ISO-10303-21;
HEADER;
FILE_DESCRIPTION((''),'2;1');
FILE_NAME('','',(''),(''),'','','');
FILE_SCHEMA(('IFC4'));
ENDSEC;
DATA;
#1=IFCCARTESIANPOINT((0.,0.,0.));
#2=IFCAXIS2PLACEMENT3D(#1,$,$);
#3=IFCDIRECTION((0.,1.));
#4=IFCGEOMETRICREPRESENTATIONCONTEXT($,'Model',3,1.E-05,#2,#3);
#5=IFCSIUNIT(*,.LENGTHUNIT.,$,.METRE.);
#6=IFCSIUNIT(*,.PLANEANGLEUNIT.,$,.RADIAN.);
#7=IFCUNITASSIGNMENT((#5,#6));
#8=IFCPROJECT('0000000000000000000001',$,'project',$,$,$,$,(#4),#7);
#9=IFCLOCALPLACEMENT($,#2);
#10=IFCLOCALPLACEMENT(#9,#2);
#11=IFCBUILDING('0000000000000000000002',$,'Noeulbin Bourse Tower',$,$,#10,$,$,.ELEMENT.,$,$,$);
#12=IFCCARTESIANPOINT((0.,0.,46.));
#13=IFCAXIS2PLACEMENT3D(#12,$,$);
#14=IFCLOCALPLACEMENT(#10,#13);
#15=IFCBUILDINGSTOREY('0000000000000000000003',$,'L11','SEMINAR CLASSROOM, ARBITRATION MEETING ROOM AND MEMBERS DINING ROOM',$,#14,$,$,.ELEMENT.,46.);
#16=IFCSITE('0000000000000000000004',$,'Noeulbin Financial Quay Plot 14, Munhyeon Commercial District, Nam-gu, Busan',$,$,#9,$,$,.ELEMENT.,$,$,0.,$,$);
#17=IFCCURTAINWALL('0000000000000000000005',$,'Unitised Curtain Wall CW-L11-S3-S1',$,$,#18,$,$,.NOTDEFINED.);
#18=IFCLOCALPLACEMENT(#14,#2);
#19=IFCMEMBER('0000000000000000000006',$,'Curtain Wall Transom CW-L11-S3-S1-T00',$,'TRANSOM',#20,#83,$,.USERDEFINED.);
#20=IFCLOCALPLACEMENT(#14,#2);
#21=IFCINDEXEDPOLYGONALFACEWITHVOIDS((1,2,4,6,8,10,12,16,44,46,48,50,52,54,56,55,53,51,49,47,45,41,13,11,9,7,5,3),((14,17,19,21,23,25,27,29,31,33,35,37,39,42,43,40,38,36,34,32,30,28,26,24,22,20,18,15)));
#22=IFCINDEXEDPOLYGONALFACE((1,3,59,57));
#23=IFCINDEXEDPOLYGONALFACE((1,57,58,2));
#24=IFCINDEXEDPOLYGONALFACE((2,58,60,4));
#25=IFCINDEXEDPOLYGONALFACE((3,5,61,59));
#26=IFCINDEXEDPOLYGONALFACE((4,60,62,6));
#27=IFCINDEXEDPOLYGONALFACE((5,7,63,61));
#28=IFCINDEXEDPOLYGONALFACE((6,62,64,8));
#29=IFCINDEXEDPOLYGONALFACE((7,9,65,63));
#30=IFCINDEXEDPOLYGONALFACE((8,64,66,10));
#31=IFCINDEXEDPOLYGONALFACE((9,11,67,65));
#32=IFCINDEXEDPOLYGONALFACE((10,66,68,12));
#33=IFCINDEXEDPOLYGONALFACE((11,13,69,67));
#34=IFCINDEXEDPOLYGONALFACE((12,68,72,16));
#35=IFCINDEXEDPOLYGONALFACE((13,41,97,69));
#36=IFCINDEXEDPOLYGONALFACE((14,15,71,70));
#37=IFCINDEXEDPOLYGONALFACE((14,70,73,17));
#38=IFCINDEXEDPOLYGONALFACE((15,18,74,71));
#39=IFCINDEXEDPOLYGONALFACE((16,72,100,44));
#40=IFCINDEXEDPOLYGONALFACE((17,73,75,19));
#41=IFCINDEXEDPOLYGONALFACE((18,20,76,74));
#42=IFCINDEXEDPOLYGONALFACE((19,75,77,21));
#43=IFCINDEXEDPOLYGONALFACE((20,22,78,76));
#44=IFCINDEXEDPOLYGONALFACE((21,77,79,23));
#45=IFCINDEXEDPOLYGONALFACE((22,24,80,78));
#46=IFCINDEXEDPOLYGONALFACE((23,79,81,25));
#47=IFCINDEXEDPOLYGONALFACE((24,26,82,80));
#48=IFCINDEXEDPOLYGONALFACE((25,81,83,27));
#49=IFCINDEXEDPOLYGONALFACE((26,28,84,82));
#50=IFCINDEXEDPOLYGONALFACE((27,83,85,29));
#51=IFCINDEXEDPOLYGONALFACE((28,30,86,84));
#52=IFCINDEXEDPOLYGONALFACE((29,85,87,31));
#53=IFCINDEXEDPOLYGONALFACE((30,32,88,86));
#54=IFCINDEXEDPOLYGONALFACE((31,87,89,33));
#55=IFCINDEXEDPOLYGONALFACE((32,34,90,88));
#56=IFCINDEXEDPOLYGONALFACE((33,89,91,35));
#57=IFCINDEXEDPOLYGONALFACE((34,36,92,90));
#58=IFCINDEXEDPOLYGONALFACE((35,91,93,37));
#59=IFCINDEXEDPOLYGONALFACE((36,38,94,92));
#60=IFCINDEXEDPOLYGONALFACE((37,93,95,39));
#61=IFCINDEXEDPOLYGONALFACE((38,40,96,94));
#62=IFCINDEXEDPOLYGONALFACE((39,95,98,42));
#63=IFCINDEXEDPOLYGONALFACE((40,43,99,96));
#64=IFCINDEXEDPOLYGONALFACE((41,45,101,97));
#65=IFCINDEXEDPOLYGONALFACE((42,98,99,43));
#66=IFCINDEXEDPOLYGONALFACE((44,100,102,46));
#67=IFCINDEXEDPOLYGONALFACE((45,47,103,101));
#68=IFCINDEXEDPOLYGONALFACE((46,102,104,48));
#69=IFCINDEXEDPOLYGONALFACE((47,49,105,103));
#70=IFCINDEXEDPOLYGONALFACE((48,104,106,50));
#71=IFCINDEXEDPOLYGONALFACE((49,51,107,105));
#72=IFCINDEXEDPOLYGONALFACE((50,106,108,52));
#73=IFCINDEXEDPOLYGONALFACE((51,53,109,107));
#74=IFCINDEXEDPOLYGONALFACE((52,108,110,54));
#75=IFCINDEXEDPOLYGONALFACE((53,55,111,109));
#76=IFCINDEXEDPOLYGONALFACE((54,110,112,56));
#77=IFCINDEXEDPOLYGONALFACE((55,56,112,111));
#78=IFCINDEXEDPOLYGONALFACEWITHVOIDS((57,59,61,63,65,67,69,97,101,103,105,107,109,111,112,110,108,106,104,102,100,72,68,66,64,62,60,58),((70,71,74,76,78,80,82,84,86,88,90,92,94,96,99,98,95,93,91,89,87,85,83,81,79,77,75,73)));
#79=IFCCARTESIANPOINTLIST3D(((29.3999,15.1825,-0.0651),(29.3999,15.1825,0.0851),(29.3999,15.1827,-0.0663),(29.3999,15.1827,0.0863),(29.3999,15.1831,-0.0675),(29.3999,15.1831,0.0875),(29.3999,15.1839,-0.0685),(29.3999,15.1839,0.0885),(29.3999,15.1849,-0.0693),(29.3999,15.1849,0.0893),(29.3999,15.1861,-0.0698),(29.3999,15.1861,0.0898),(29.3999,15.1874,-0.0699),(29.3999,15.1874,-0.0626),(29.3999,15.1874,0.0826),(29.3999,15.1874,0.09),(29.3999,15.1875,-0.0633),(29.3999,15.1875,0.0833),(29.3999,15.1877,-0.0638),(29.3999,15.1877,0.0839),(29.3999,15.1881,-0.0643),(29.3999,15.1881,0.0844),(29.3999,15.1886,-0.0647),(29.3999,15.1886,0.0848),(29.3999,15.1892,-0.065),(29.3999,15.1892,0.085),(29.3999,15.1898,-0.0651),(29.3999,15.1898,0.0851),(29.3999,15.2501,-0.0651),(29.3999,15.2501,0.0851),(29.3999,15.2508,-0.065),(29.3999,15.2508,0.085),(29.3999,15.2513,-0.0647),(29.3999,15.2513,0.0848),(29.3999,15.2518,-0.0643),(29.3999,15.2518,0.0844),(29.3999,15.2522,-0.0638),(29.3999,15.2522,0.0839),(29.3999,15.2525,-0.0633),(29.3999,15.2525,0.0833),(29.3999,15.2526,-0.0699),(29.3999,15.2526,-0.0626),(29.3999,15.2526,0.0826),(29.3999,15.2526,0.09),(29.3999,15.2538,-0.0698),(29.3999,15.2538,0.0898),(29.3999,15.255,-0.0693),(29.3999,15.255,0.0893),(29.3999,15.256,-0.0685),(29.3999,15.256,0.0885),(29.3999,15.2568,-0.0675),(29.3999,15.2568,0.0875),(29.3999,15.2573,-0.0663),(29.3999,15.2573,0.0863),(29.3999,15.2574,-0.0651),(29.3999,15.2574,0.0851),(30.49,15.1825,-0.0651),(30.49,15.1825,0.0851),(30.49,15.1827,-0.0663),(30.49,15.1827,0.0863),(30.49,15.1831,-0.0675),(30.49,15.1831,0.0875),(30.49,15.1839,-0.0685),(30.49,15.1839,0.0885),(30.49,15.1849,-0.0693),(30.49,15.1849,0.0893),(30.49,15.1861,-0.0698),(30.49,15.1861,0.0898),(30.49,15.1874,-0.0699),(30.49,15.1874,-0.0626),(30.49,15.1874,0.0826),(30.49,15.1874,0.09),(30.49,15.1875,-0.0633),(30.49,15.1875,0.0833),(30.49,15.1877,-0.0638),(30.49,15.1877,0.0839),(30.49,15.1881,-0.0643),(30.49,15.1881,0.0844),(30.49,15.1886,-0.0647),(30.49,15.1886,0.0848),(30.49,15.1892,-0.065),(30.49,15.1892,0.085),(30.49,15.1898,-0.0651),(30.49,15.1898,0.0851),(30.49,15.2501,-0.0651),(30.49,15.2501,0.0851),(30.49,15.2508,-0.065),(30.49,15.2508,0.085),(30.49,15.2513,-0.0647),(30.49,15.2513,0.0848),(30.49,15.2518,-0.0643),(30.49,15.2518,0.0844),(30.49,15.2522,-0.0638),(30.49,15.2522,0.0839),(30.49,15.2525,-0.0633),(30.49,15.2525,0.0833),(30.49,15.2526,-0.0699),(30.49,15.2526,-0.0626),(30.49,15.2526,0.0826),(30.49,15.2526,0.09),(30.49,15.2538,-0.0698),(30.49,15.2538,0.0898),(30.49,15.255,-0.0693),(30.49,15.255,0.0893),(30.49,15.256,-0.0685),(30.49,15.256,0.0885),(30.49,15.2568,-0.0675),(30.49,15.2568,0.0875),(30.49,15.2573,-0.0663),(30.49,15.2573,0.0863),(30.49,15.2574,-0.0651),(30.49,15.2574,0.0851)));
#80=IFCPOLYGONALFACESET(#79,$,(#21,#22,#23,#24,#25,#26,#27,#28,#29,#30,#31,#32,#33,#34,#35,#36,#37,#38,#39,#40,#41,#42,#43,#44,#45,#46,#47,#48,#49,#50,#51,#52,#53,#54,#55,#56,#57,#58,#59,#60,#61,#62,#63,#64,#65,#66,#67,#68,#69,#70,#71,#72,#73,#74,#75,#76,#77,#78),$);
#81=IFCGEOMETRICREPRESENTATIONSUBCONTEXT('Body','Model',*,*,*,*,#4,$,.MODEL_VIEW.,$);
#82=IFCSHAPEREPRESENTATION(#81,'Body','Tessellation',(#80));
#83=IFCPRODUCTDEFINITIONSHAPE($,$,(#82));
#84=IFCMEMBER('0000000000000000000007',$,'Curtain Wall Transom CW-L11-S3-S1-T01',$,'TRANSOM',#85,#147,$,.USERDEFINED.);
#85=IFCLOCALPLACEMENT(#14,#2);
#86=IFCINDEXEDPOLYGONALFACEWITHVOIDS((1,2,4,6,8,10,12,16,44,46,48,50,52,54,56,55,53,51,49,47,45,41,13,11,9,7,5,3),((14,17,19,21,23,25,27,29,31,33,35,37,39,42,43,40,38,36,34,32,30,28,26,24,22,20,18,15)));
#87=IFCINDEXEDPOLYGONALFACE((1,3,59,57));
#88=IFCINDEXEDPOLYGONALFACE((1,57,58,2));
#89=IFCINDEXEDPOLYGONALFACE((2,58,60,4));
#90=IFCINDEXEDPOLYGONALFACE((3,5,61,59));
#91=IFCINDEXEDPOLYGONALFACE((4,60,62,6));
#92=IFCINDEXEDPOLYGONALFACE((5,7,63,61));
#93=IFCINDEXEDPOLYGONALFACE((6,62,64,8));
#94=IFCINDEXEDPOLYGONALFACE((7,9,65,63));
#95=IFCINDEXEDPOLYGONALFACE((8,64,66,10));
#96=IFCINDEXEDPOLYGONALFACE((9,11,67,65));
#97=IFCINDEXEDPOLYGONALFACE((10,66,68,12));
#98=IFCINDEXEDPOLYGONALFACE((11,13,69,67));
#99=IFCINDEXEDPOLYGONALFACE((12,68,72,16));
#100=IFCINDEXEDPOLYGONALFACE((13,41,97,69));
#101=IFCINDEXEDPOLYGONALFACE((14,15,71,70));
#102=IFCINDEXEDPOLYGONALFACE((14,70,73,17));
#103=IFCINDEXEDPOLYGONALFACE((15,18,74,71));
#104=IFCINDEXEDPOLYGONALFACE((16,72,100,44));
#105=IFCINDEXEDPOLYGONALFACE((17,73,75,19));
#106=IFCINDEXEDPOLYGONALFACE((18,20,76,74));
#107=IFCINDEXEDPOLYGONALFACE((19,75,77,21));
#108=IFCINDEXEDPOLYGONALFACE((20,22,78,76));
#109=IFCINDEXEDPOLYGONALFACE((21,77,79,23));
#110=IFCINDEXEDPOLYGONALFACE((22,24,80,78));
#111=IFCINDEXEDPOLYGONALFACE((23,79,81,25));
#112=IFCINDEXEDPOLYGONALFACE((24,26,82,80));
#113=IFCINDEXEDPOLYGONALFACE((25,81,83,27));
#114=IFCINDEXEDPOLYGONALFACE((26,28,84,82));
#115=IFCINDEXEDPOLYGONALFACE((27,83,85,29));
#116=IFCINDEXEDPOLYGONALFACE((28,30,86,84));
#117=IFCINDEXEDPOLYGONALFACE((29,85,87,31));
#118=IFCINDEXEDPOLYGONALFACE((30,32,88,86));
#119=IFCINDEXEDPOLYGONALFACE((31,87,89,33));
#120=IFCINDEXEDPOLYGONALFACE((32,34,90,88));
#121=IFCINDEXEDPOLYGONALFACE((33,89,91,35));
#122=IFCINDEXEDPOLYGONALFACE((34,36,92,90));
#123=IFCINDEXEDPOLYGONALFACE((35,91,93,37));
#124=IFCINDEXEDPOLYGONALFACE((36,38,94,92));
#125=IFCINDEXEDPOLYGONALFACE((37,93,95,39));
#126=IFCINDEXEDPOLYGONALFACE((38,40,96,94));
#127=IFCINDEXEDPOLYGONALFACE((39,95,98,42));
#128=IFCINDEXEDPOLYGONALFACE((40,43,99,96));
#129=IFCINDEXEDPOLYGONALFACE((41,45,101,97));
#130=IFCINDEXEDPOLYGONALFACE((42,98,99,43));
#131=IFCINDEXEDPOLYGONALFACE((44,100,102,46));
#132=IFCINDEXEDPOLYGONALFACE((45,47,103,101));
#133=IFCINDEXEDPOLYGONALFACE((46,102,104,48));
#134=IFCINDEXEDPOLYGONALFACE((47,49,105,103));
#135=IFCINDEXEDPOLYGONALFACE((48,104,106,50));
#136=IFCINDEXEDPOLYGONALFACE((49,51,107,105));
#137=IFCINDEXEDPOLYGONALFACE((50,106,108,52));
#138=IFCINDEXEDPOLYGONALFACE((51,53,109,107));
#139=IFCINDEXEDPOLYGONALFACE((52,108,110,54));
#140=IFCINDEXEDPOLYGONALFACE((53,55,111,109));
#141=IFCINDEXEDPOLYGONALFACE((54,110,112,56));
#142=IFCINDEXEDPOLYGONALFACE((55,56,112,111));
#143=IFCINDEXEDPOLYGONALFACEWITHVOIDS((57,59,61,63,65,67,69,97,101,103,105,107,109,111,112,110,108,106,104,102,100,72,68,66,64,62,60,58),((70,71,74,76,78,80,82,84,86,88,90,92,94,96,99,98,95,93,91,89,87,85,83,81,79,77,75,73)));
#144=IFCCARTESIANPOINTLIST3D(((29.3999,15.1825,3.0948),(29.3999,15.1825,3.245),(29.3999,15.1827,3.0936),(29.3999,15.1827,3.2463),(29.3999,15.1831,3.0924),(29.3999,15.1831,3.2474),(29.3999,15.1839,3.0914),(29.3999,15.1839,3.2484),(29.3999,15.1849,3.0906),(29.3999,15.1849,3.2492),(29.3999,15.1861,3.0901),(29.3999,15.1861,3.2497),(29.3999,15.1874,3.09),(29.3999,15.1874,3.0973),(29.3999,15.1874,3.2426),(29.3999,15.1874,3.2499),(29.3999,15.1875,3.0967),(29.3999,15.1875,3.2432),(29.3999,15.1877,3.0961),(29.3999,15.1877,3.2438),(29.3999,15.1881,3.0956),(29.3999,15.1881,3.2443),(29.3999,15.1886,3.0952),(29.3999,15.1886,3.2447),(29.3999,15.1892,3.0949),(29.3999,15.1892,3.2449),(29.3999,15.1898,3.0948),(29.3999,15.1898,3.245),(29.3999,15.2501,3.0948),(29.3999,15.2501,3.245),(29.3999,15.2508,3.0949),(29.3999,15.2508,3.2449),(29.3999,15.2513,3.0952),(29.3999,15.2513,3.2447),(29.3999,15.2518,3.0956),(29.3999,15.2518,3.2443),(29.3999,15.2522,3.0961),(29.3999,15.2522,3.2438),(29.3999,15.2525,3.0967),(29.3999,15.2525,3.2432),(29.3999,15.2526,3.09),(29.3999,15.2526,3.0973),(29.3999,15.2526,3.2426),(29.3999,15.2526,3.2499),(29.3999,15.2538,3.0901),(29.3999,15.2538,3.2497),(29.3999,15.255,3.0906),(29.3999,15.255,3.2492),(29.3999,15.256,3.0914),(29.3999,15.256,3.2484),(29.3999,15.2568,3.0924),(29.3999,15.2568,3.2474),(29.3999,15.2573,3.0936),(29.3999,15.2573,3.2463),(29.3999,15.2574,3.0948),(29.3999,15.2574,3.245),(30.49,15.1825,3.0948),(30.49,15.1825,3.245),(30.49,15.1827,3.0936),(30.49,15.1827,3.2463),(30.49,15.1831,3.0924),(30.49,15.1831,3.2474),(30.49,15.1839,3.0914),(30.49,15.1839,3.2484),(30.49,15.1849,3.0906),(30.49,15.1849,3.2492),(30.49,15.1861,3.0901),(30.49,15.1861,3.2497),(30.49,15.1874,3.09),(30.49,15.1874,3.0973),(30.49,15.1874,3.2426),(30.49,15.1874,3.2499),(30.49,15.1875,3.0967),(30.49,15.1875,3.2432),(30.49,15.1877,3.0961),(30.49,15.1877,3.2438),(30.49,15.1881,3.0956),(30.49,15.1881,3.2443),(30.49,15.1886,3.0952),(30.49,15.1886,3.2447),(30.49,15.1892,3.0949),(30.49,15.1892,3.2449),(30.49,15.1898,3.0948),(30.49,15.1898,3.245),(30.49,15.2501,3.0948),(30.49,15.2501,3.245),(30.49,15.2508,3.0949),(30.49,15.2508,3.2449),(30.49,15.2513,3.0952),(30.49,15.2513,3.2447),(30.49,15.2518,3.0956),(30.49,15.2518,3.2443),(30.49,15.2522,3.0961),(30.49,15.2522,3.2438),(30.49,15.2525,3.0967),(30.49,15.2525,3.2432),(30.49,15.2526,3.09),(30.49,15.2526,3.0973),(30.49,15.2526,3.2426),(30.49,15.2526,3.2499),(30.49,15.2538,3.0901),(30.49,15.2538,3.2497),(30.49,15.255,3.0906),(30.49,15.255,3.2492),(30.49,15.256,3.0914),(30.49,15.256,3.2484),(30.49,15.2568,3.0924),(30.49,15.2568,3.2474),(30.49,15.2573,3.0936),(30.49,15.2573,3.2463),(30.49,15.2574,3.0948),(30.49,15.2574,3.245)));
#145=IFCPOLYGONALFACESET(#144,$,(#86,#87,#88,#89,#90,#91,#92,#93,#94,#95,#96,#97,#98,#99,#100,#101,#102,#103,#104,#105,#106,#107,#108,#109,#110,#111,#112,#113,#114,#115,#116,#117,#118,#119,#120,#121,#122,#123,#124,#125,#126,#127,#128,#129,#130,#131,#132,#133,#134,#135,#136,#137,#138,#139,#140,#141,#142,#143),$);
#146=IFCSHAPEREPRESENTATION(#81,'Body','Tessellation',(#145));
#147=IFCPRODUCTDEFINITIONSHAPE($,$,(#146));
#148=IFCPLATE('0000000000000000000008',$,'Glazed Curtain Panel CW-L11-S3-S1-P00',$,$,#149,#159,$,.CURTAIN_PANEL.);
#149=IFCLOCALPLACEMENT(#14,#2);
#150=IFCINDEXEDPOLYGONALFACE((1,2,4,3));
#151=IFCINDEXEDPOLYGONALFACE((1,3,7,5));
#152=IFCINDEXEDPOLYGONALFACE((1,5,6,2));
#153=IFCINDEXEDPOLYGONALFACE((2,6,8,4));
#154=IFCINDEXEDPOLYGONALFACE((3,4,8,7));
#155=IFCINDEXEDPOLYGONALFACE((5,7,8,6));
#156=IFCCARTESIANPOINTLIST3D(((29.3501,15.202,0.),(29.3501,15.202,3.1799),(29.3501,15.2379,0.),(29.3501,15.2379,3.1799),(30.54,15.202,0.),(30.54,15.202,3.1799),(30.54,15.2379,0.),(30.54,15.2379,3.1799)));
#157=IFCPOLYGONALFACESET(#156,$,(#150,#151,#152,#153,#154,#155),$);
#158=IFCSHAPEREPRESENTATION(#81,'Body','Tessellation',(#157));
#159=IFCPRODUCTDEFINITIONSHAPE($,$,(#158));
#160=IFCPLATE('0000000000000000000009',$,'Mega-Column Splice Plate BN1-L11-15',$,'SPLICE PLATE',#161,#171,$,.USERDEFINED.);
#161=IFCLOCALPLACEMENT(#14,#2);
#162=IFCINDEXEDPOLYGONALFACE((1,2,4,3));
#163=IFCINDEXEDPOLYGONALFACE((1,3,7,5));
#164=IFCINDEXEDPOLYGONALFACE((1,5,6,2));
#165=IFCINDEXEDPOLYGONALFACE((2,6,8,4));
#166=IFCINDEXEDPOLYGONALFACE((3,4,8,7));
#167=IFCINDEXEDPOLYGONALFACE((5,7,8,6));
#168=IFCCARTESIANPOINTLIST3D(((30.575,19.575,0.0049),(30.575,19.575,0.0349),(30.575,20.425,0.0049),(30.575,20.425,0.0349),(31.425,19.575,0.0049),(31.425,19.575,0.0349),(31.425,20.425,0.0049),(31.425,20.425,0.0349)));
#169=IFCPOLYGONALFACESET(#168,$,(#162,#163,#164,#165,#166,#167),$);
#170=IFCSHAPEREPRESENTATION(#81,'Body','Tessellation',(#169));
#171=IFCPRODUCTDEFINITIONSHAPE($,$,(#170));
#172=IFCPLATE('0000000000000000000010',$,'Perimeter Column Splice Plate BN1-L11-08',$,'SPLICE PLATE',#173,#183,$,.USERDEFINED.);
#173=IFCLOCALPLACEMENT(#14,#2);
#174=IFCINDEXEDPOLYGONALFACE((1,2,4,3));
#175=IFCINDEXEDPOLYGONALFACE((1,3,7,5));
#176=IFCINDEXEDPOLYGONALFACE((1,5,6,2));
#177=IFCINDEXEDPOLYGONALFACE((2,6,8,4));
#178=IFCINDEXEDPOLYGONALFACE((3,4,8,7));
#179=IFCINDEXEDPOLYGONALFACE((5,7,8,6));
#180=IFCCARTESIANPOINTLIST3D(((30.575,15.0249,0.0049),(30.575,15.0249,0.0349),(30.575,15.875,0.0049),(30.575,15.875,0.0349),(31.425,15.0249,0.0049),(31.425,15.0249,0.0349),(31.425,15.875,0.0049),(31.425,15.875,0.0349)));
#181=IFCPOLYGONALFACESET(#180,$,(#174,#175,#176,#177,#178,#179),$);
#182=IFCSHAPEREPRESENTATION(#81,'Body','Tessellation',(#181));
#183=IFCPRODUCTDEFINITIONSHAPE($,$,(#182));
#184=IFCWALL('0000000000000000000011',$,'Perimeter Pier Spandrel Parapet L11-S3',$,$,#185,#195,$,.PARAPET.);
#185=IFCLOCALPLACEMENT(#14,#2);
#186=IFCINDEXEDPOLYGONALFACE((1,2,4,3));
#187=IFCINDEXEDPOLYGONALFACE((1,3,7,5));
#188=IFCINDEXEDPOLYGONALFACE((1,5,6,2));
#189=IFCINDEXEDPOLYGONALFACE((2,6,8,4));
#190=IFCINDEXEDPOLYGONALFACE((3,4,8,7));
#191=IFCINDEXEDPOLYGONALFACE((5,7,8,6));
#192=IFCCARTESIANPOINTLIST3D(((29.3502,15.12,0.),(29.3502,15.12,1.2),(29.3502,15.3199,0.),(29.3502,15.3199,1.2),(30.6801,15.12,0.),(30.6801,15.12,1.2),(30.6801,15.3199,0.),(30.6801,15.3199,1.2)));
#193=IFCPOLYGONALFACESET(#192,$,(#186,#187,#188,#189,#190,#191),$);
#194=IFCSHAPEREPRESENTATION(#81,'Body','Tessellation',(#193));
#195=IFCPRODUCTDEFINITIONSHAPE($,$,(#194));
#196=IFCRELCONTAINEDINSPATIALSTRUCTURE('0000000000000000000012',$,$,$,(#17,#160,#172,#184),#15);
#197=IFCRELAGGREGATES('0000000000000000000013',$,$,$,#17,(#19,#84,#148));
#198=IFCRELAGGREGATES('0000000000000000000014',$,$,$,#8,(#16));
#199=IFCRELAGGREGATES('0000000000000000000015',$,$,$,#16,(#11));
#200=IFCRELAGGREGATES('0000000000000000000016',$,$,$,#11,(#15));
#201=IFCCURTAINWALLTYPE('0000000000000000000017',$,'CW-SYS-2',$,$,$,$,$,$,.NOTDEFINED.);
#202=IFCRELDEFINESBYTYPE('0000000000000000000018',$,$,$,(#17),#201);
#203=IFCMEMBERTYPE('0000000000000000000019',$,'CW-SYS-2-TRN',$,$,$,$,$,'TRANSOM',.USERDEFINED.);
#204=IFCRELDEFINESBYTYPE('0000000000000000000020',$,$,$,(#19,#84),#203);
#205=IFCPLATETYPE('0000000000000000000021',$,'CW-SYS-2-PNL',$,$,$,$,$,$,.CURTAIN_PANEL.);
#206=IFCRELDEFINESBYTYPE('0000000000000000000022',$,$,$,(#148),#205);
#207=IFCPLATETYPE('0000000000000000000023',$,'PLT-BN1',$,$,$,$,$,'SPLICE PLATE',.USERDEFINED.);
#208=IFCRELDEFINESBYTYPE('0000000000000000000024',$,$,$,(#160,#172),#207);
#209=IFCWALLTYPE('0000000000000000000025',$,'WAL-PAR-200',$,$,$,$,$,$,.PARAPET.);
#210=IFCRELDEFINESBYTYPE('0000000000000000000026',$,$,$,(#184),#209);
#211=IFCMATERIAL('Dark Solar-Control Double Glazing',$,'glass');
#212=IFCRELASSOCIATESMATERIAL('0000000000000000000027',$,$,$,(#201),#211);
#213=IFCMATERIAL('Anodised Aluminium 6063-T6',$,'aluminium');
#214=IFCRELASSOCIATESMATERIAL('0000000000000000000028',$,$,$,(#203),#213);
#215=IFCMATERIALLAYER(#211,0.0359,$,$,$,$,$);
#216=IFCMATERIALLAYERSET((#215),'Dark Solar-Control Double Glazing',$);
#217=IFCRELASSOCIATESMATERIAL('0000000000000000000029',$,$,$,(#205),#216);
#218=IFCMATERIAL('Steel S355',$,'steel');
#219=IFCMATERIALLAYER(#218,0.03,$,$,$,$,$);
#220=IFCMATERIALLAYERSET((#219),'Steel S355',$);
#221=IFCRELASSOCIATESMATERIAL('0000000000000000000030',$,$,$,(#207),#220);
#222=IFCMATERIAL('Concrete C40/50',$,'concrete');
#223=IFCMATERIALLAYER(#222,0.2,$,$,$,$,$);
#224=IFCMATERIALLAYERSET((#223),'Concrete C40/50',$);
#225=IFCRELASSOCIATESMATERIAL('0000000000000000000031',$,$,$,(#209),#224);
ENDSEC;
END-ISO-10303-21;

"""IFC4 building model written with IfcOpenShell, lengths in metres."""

from ifc_helpers import new_model, si_unit, direction, frame, frame_2d, origin, origin_2d, place, context, subcontext, project, spatial, rectangle, hollow_rectangle, extrude, material, layer, layer_set, material_profile, profile_set, type_object, element, aggregate, save


model = new_model("IFC4")

# Units and contexts
model_context = context("Model", 3, precision=1e-05, world=origin(), true_north=direction((0.0, 1.0)))
body_context = subcontext(model_context, "Body", "Model", "MODEL_VIEW")
ifc_project = project(units=[si_unit("LENGTHUNIT", "METRE"), si_unit("PLANEANGLEUNIT", "RADIAN")], contexts=[model_context])

# Site, building, storey
site_placement = place(None, origin())
site = spatial("IfcSite", under=ifc_project, at=site_placement, Name="Noeulbin Financial Quay Plot 14, Munhyeon Commercial District, Nam-gu, Busan", CompositionType="ELEMENT", RefElevation=0.0)
building_placement = place(site_placement, origin())
building = spatial("IfcBuilding", under=site, at=building_placement, Name="Noeulbin Bourse Tower", CompositionType="ELEMENT")
storey_placement = place(building_placement, frame((0.0, 0.0, 46.0)))
storey = spatial("IfcBuildingStorey", under=building, at=storey_placement, Name="L11", Description="SEMINAR CLASSROOM, ARBITRATION MEETING ROOM AND MEMBERS DINING ROOM", CompositionType="ELEMENT", Elevation=46.0)

# Shared definitions
ifc_material_1 = material(Name="Steel S355", Category="steel")

# Shared definitions
ifc_material_2 = material(Name="Dark Solar-Control Double Glazing", Category="glass")
curtain_wall_type = type_object("IfcCurtainWallType", Name="CW-SYS-2", PredefinedType="NOTDEFINED", material=ifc_material_2)
ifc_material_3 = material(Name="Anodised Aluminium 6063-T6", Category="aluminium")

# Curtain wall
curtain_wall_1_placement = place(storey_placement, origin())
curtain_wall_1 = element("IfcCurtainWall", 1, at=curtain_wall_1_placement, inside=storey, type_object=curtain_wall_type, Name="Unitised Curtain Wall CW-L11-S3-S1", PredefinedType="NOTDEFINED")

# Members
ifc_material_profile_1 = material_profile(ifc_material_3, hollow_rectangle(XDim=0.075, YDim=0.1599, WallThickness=0.0049, InnerFilletRadius=0.0024, OuterFilletRadius=0.0049, at=origin_2d()), Name="ALU-TRAN-75x160x5", Category="LoadBearing")
ifc_profile_set_1 = profile_set([ifc_material_profile_1], Name="Anodised Aluminium 6063-T6")
member_type_1 = type_object("IfcMemberType", Name="CW-SYS-2-TRN", ElementType="TRANSOM", PredefinedType="USERDEFINED", material=ifc_profile_set_1)
member_1_placement = place(storey_placement, frame((29.3999, 15.22, 0.01), z_axis=(1.0, 0.0, 0.0), x_axis=(0.0, 1.0, 0.0)))
member_1 = element("IfcMember", 2, at=member_1_placement, type_object=member_type_1, Name="Curtain Wall Transom CW-L11-S3-S1-T00", ObjectType="TRANSOM", PredefinedType="USERDEFINED", context=body_context, shape_type="SweptSolid", body=[
    extrude(hollow_rectangle(XDim=0.075, YDim=0.1599, WallThickness=0.0049, InnerFilletRadius=0.0024, OuterFilletRadius=0.0049, at=origin_2d()), origin(), (0.0, 0.0, 1.0), 1.0901),
])
member_2_placement = place(storey_placement, frame((29.3999, 15.22, 3.1699), z_axis=(1.0, 0.0, 0.0), x_axis=(0.0, 1.0, 0.0)))
member_2 = element("IfcMember", 3, at=member_2_placement, type_object=member_type_1, Name="Curtain Wall Transom CW-L11-S3-S1-T01", ObjectType="TRANSOM", PredefinedType="USERDEFINED", context=body_context, shape_type="SweptSolid", body=[
    extrude(hollow_rectangle(XDim=0.075, YDim=0.1599, WallThickness=0.0049, InnerFilletRadius=0.0024, OuterFilletRadius=0.0049, at=origin_2d()), origin(), (0.0, 0.0, 1.0), 1.0901),
])

# Plate
ifc_layer_1 = layer(ifc_material_2, 0.0359)
ifc_layer_set_1 = layer_set([ifc_layer_1], Name="Dark Solar-Control Double Glazing")
plate_type_1 = type_object("IfcPlateType", Name="CW-SYS-2-PNL", PredefinedType="CURTAIN_PANEL", material=ifc_layer_set_1)
plate_placement = place(storey_placement, frame((29.9451, 15.22, 0.0), z_axis=(0.0, 0.0, 1.0), x_axis=(1.0, 0.0, 0.0)))
plate = element("IfcPlate", 4, at=plate_placement, type_object=plate_type_1, Name="Glazed Curtain Panel CW-L11-S3-S1-P00", PredefinedType="CURTAIN_PANEL", context=body_context, shape_type="SweptSolid", body=[
    extrude(rectangle(XDim=1.1899, YDim=0.0359, at=origin_2d()), origin(), (0.0, 0.0, 1.0), 3.1799),
])
aggregate(curtain_wall_1, [member_1, member_2, plate])

# Plates
ifc_layer_2 = layer(ifc_material_1, 0.03)
ifc_layer_set_2 = layer_set([ifc_layer_2], Name="Steel S355")
plate_type_2 = type_object("IfcPlateType", Name="PLT-BN1", ElementType="SPLICE PLATE", PredefinedType="USERDEFINED", material=ifc_layer_set_2)
for number, where, z_axis, x_axis, name in (
    (5, (31.0, 20.0, 0.0049), (0.0, 0.0, 1.0), (1.0, 0.0, 0.0), "Mega-Column Splice Plate BN1-L11-15"),
    (6, (31.0, 15.45, 0.0049), (0.0, 0.0, 1.0), (1.0, 0.0, 0.0), "Perimeter Column Splice Plate BN1-L11-08"),
):
    element("IfcPlate", number, at=place(storey_placement, frame(where, z_axis=z_axis, x_axis=x_axis)), inside=storey, type_object=plate_type_2, Name=name, ObjectType="SPLICE PLATE", PredefinedType="USERDEFINED", context=body_context, shape_type="SweptSolid", body=[
        extrude(rectangle(XDim=0.8501, YDim=0.8501, at=origin_2d()), origin(), (0.0, 0.0, 1.0), 0.03),
    ])

# Wall
ifc_material_4 = material(Name="Concrete C40/50", Category="concrete")
ifc_layer_3 = layer(ifc_material_4, 0.2)
ifc_layer_set_3 = layer_set([ifc_layer_3], Name="Concrete C40/50")
wall_type_1 = type_object("IfcWallType", Name="WAL-PAR-200", PredefinedType="PARAPET", material=ifc_layer_set_3)
wall_1_placement = place(storey_placement, frame((29.3501, 15.22, 0.0), z_axis=(0.0, 0.0, 1.0), x_axis=(1.0, 0.0, 0.0)))
element("IfcWall", 7, at=wall_1_placement, inside=storey, type_object=wall_type_1, Name="Perimeter Pier Spandrel Parapet L11-S3", PredefinedType="PARAPET", context=body_context, shape_type="SweptSolid", body=[
    extrude(rectangle(XDim=1.3298, YDim=0.2, at=frame_2d((0.665, 0.0))), origin(), (0.0, 0.0, 1.0), 1.2),
])

save(model, "model.ifc")
